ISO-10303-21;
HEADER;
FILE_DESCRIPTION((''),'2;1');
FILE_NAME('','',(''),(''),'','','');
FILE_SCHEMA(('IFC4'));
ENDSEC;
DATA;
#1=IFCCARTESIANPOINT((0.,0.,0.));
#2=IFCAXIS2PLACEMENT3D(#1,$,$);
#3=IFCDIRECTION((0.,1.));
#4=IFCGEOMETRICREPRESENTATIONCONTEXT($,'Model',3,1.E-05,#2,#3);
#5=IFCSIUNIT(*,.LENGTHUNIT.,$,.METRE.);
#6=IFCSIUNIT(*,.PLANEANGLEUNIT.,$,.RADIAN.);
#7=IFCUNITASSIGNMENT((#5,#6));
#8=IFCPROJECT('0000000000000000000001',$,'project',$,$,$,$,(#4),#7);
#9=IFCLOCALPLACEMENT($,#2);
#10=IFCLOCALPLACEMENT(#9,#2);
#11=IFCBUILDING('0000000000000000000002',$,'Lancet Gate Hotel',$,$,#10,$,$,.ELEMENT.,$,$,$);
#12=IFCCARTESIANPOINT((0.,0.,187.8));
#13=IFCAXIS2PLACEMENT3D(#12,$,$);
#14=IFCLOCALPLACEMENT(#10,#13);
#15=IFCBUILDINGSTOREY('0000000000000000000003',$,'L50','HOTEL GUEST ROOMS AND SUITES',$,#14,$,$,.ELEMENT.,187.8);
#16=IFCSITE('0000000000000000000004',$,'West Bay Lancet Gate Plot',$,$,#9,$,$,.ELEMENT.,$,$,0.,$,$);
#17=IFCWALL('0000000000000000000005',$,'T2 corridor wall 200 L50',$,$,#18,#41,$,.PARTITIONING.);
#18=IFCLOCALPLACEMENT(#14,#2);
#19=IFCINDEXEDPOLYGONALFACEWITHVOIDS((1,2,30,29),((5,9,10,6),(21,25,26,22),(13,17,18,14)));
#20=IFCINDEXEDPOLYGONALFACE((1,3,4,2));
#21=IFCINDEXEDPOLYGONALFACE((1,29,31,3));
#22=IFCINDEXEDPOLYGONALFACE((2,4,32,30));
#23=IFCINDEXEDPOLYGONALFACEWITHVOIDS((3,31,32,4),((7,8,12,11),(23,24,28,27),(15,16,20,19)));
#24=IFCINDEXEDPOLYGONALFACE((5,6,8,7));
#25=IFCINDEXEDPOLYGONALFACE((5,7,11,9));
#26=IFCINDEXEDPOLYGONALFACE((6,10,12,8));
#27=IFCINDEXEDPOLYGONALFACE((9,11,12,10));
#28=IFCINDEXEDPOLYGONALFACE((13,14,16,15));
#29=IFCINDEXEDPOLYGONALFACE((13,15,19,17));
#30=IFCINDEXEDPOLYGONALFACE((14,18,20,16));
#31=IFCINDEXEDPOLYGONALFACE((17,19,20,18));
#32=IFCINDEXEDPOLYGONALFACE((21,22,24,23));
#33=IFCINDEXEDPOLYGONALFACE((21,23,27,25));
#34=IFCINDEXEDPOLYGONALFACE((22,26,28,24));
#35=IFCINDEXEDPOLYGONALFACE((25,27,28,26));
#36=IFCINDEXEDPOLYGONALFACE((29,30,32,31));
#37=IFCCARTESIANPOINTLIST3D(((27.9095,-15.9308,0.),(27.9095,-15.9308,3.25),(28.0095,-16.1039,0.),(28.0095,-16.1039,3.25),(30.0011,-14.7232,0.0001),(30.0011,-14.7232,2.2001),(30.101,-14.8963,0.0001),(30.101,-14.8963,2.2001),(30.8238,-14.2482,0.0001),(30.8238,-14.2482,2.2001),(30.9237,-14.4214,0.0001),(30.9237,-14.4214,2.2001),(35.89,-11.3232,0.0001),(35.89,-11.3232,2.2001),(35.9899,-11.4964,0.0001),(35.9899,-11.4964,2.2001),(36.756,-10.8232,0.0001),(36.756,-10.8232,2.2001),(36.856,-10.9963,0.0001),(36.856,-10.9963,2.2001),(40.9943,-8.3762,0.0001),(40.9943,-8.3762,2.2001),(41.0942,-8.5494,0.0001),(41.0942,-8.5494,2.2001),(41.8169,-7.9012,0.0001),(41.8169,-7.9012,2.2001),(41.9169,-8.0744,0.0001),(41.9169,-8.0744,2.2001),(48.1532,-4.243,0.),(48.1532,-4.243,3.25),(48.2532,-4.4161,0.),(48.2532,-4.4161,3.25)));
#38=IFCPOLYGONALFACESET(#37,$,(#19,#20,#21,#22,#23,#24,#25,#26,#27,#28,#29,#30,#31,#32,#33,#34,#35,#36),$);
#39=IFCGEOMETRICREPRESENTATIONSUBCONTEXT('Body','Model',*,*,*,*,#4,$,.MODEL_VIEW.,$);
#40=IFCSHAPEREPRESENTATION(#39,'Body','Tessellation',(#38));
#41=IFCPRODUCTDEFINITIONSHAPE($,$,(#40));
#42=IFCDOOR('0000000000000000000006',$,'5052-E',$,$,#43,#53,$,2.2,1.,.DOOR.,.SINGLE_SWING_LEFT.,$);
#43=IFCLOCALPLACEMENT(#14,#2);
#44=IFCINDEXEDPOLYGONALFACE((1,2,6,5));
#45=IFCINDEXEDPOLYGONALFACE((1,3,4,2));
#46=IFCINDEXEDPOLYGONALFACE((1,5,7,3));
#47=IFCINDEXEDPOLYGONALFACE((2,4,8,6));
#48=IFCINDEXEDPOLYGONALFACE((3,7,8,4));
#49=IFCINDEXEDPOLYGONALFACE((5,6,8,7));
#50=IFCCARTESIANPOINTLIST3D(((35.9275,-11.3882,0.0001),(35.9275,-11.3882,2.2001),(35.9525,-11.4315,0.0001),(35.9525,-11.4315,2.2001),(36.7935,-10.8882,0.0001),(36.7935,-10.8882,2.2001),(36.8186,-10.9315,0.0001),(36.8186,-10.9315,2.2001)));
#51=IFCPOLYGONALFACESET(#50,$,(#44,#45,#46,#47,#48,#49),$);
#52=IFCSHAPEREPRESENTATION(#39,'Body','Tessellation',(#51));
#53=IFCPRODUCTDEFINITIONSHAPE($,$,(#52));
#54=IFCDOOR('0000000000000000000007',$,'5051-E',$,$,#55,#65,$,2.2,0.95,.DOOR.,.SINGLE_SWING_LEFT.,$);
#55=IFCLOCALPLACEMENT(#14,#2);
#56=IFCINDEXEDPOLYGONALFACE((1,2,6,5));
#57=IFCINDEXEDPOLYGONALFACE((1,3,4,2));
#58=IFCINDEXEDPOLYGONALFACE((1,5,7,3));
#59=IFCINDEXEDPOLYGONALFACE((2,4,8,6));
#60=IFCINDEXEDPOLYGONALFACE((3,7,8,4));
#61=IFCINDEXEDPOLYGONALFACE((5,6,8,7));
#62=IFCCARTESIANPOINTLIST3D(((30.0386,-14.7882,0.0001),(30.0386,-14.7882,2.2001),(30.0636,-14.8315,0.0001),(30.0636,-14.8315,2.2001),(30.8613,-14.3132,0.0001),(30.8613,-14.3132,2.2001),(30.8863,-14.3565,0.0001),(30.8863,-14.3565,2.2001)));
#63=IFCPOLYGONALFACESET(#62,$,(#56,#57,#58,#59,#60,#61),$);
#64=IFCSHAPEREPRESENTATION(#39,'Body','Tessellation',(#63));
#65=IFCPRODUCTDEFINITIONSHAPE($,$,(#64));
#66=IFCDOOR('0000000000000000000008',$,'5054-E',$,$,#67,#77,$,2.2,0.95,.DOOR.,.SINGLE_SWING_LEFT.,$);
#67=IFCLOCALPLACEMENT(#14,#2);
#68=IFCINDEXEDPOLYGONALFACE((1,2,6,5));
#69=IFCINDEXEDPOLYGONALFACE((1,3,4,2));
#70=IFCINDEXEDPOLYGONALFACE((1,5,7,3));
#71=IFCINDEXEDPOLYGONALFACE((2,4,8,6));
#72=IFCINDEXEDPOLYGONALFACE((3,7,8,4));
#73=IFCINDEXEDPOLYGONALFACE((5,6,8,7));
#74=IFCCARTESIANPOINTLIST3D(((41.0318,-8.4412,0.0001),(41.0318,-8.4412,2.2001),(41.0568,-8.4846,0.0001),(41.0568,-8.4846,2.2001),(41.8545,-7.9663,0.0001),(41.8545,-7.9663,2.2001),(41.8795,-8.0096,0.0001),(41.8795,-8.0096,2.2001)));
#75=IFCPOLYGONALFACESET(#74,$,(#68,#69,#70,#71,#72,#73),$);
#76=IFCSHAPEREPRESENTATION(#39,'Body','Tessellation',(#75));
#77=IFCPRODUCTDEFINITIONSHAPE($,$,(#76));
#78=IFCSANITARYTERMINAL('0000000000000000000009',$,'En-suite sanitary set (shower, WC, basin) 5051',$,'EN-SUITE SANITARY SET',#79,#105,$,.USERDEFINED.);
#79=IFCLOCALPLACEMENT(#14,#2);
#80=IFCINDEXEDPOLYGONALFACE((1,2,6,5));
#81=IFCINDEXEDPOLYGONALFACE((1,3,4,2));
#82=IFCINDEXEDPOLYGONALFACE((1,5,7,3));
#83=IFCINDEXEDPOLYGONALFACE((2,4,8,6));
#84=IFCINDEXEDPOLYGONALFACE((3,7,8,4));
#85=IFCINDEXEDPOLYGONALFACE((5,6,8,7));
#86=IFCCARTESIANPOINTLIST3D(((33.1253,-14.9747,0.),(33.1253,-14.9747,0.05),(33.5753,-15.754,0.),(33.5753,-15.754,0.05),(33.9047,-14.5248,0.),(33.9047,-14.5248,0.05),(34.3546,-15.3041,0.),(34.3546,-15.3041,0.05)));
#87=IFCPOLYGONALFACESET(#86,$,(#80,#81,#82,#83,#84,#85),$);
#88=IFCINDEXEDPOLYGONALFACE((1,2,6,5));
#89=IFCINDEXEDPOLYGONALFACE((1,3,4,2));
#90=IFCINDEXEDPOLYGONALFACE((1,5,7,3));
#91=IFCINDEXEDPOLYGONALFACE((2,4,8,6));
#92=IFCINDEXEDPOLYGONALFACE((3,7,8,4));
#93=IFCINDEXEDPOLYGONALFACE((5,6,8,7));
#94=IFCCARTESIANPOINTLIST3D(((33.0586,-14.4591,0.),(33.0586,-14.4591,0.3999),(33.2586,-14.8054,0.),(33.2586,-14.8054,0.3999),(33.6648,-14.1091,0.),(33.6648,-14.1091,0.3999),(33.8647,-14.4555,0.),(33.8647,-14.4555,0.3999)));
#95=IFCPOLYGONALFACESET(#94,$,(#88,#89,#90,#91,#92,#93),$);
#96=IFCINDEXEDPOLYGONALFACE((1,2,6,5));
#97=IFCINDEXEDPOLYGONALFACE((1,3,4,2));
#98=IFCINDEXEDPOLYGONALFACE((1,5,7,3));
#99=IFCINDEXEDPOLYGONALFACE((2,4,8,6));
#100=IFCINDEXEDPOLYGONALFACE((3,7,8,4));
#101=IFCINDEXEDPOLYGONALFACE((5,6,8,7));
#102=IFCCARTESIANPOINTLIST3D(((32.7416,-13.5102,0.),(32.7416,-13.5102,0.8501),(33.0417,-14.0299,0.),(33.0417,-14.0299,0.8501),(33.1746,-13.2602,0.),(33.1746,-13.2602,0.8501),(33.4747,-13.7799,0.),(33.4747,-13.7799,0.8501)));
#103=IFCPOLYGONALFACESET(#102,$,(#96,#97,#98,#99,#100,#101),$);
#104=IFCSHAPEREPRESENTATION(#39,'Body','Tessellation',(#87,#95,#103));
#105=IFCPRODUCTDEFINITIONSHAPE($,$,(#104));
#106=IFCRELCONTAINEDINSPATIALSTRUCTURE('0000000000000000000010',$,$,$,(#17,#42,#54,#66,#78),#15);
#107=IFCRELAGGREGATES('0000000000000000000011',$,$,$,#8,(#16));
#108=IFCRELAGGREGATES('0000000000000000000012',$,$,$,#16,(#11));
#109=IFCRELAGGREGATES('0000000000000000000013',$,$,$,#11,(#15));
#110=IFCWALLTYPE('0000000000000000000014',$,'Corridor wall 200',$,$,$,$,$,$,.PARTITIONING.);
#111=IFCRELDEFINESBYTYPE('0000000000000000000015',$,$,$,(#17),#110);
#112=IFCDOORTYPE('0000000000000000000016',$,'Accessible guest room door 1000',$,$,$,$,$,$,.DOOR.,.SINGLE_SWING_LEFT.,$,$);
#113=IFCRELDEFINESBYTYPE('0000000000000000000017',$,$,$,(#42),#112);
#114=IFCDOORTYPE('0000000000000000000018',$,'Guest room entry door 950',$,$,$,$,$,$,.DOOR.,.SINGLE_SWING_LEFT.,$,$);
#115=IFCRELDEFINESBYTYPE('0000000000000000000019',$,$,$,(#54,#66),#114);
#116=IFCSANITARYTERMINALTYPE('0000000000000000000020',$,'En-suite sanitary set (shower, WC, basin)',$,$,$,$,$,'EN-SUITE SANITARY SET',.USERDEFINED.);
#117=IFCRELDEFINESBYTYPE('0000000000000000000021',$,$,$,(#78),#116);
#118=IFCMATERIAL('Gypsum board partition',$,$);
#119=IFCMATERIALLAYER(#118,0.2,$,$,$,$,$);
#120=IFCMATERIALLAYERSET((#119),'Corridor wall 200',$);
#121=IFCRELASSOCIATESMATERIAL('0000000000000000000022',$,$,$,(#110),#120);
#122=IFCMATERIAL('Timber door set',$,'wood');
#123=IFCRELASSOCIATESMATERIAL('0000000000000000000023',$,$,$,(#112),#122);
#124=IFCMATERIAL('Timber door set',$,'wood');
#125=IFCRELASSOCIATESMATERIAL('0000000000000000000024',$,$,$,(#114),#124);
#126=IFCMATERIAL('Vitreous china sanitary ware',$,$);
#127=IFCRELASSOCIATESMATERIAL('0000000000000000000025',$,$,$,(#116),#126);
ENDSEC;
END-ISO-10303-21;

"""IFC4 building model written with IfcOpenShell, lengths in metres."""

from ifc_helpers import new_model, si_unit, direction, frame, frame_2d, origin, origin_2d, place, context, subcontext, project, spatial, rectangle, extrude, material, layer, layer_set, type_object, element, fill, save


model = new_model("IFC4")

# Units and contexts
model_context = context("Model", 3, precision=1e-05, world=origin(), true_north=direction((0.0, 1.0)))
body_context = subcontext(model_context, "Body", "Model", "MODEL_VIEW")
ifc_project = project(units=[si_unit("LENGTHUNIT", "METRE"), si_unit("PLANEANGLEUNIT", "RADIAN")], contexts=[model_context])

# Site, building, storey
site_placement = place(None, origin())
site = spatial("IfcSite", under=ifc_project, at=site_placement, Name="West Bay Lancet Gate Plot", CompositionType="ELEMENT", RefElevation=0.0)
building_placement = place(site_placement, origin())
building = spatial("IfcBuilding", under=site, at=building_placement, Name="Lancet Gate Hotel", CompositionType="ELEMENT")
storey_placement = place(building_placement, frame((0.0, 0.0, 187.8)))
storey = spatial("IfcBuildingStorey", under=building, at=storey_placement, Name="L50", Description="HOTEL GUEST ROOMS AND SUITES", CompositionType="ELEMENT", Elevation=187.8)

# Wall, openings, doors
ifc_material_1 = material(Name="Gypsum board partition")
ifc_layer_1 = layer(ifc_material_1, 0.2)
ifc_layer_set_1 = layer_set([ifc_layer_1], Name="Corridor wall 200")
wall_type_1 = type_object("IfcWallType", Name="Corridor wall 200", PredefinedType="PARTITIONING", material=ifc_layer_set_1)
wall_1_placement = place(storey_placement, frame((27.9595, -16.0173, 0.0), z_axis=(0.0, 0.0, 1.0), x_axis=(0.866024, 0.500002, 0.0)))
wall_1 = element("IfcWall", 1, at=wall_1_placement, inside=storey, type_object=wall_type_1, Name="T2 corridor wall 200 L50", PredefinedType="PARTITIONING", context=body_context, shape_type="SweptSolid", body=[
    extrude(rectangle(XDim=23.3755, YDim=0.2, at=frame_2d((11.6877, 0.0))), origin(), (0.0, 0.0, 1.0), 3.25),
])
opening_1_placement = place(wall_1_placement, frame((2.415, 0.0, 0.0)))
opening_1 = element("IfcOpeningElement", 2, at=opening_1_placement, cuts=wall_1, PredefinedType="OPENING", context=body_context, shape_type="SweptSolid", body=[
    extrude(rectangle(XDim=0.95, YDim=2.2, at=frame_2d((0.4751, 1.1001))), frame((0.0, 0.1099, 0.0), z_axis=(0.0, -1.0, 0.0), x_axis=(1.0, 0.0, 0.0)), (0.0, 0.0, 1.0), 0.22),
])
opening_2_placement = place(wall_1_placement, frame((9.2151, 0.0, 0.0)))
opening_2 = element("IfcOpeningElement", 3, at=opening_2_placement, cuts=wall_1, PredefinedType="OPENING", context=body_context, shape_type="SweptSolid", body=[
    extrude(rectangle(XDim=1.0, YDim=2.2, at=frame_2d((0.5, 1.1001))), frame((0.0, 0.1099, 0.0), z_axis=(0.0, -1.0, 0.0), x_axis=(1.0, 0.0, 0.0)), (0.0, 0.0, 1.0), 0.22),
])
opening_3_placement = place(wall_1_placement, frame((15.1089, 0.0, 0.0)))
opening_3 = element("IfcOpeningElement", 4, at=opening_3_placement, cuts=wall_1, PredefinedType="OPENING", context=body_context, shape_type="SweptSolid", body=[
    extrude(rectangle(XDim=0.95, YDim=2.2, at=frame_2d((0.4751, 1.1001))), frame((0.0, 0.1099, 0.0), z_axis=(0.0, -1.0, 0.0), x_axis=(1.0, 0.0, 0.0)), (0.0, 0.0, 1.0), 0.22),
])
ifc_material_2 = material(Name="Timber door set", Category="wood")
door_type_1 = type_object("IfcDoorType", Name="Accessible guest room door 1000", OperationType="SINGLE_SWING_LEFT", PredefinedType="DOOR", material=ifc_material_2)
door_1_placement = place(opening_2_placement, origin())
door_1 = element("IfcDoor", 5, at=door_1_placement, inside=storey, type_object=door_type_1, Name="5052-E", OperationType="SINGLE_SWING_LEFT", OverallHeight=2.2, OverallWidth=1.0, PredefinedType="DOOR", context=body_context, shape_type="SweptSolid", body=[
    extrude(rectangle(XDim=1.0, YDim=2.2, at=frame_2d((0.5, 1.1001))), frame((0.0, 0.0249, 0.0), z_axis=(0.0, -1.0, 0.0), x_axis=(1.0, 0.0, 0.0)), (0.0, 0.0, 1.0), 0.05),
])
fill(opening_2, door_1)
ifc_material_3 = material(Name="Timber door set", Category="wood")
door_type_2 = type_object("IfcDoorType", Name="Guest room entry door 950", OperationType="SINGLE_SWING_LEFT", PredefinedType="DOOR", material=ifc_material_3)
door_2_placement = place(opening_1_placement, origin())
door_2 = element("IfcDoor", 6, at=door_2_placement, inside=storey, type_object=door_type_2, Name="5051-E", OperationType="SINGLE_SWING_LEFT", OverallHeight=2.2, OverallWidth=0.95, PredefinedType="DOOR", context=body_context, shape_type="SweptSolid", body=[
    extrude(rectangle(XDim=0.95, YDim=2.2, at=frame_2d((0.4751, 1.1001))), frame((0.0, 0.0249, 0.0), z_axis=(0.0, -1.0, 0.0), x_axis=(1.0, 0.0, 0.0)), (0.0, 0.0, 1.0), 0.05),
])
fill(opening_1, door_2)
door_3_placement = place(opening_3_placement, origin())
door_3 = element("IfcDoor", 7, at=door_3_placement, inside=storey, type_object=door_type_2, Name="5054-E", OperationType="SINGLE_SWING_LEFT", OverallHeight=2.2, OverallWidth=0.95, PredefinedType="DOOR", context=body_context, shape_type="SweptSolid", body=[
    extrude(rectangle(XDim=0.95, YDim=2.2, at=frame_2d((0.4751, 1.1001))), frame((0.0, 0.0249, 0.0), z_axis=(0.0, -1.0, 0.0), x_axis=(1.0, 0.0, 0.0)), (0.0, 0.0, 1.0), 0.05),
])
fill(opening_3, door_3)

# Sanitary terminal
ifc_material_4 = material(Name="Vitreous china sanitary ware")
sanitary_terminal_type = type_object("IfcSanitaryTerminalType", Name="En-suite sanitary set (shower, WC, basin)", ElementType="EN-SUITE SANITARY SET", PredefinedType="USERDEFINED", material=ifc_material_4)
sanitary_terminal_placement = place(storey_placement, frame((33.74, -15.1394, 0.0), z_axis=(0.0, 0.0, 1.0), x_axis=(1.0, 0.0, 0.0)))
element("IfcSanitaryTerminal", 8, at=sanitary_terminal_placement, inside=storey, type_object=sanitary_terminal_type, Name="En-suite sanitary set (shower, WC, basin) 5051", ObjectType="EN-SUITE SANITARY SET", PredefinedType="USERDEFINED", context=body_context, shape_type="SweptSolid", body=[
    extrude(rectangle(XDim=0.8999, YDim=0.8999, at=origin_2d()), frame((0.0, 0.0, 0.0), z_axis=(0.0, 0.0, 1.0), x_axis=(0.5, -0.866025, 0.0)), (0.0, 0.0, 1.0), 0.05),
    extrude(rectangle(XDim=0.3999, YDim=0.7, at=origin_2d()), frame((-0.2783, 0.6821, 0.0), z_axis=(0.0, 0.0, 1.0), x_axis=(0.5, -0.866025, 0.0)), (0.0, 0.0, 1.0), 0.3999),
    extrude(rectangle(XDim=0.6001, YDim=0.5, at=origin_2d()), frame((-0.6318, 1.4944, 0.0), z_axis=(0.0, 0.0, 1.0), x_axis=(0.5, -0.866025, 0.0)), (0.0, 0.0, 1.0), 0.8501),
])

save(model, "model.ifc")
